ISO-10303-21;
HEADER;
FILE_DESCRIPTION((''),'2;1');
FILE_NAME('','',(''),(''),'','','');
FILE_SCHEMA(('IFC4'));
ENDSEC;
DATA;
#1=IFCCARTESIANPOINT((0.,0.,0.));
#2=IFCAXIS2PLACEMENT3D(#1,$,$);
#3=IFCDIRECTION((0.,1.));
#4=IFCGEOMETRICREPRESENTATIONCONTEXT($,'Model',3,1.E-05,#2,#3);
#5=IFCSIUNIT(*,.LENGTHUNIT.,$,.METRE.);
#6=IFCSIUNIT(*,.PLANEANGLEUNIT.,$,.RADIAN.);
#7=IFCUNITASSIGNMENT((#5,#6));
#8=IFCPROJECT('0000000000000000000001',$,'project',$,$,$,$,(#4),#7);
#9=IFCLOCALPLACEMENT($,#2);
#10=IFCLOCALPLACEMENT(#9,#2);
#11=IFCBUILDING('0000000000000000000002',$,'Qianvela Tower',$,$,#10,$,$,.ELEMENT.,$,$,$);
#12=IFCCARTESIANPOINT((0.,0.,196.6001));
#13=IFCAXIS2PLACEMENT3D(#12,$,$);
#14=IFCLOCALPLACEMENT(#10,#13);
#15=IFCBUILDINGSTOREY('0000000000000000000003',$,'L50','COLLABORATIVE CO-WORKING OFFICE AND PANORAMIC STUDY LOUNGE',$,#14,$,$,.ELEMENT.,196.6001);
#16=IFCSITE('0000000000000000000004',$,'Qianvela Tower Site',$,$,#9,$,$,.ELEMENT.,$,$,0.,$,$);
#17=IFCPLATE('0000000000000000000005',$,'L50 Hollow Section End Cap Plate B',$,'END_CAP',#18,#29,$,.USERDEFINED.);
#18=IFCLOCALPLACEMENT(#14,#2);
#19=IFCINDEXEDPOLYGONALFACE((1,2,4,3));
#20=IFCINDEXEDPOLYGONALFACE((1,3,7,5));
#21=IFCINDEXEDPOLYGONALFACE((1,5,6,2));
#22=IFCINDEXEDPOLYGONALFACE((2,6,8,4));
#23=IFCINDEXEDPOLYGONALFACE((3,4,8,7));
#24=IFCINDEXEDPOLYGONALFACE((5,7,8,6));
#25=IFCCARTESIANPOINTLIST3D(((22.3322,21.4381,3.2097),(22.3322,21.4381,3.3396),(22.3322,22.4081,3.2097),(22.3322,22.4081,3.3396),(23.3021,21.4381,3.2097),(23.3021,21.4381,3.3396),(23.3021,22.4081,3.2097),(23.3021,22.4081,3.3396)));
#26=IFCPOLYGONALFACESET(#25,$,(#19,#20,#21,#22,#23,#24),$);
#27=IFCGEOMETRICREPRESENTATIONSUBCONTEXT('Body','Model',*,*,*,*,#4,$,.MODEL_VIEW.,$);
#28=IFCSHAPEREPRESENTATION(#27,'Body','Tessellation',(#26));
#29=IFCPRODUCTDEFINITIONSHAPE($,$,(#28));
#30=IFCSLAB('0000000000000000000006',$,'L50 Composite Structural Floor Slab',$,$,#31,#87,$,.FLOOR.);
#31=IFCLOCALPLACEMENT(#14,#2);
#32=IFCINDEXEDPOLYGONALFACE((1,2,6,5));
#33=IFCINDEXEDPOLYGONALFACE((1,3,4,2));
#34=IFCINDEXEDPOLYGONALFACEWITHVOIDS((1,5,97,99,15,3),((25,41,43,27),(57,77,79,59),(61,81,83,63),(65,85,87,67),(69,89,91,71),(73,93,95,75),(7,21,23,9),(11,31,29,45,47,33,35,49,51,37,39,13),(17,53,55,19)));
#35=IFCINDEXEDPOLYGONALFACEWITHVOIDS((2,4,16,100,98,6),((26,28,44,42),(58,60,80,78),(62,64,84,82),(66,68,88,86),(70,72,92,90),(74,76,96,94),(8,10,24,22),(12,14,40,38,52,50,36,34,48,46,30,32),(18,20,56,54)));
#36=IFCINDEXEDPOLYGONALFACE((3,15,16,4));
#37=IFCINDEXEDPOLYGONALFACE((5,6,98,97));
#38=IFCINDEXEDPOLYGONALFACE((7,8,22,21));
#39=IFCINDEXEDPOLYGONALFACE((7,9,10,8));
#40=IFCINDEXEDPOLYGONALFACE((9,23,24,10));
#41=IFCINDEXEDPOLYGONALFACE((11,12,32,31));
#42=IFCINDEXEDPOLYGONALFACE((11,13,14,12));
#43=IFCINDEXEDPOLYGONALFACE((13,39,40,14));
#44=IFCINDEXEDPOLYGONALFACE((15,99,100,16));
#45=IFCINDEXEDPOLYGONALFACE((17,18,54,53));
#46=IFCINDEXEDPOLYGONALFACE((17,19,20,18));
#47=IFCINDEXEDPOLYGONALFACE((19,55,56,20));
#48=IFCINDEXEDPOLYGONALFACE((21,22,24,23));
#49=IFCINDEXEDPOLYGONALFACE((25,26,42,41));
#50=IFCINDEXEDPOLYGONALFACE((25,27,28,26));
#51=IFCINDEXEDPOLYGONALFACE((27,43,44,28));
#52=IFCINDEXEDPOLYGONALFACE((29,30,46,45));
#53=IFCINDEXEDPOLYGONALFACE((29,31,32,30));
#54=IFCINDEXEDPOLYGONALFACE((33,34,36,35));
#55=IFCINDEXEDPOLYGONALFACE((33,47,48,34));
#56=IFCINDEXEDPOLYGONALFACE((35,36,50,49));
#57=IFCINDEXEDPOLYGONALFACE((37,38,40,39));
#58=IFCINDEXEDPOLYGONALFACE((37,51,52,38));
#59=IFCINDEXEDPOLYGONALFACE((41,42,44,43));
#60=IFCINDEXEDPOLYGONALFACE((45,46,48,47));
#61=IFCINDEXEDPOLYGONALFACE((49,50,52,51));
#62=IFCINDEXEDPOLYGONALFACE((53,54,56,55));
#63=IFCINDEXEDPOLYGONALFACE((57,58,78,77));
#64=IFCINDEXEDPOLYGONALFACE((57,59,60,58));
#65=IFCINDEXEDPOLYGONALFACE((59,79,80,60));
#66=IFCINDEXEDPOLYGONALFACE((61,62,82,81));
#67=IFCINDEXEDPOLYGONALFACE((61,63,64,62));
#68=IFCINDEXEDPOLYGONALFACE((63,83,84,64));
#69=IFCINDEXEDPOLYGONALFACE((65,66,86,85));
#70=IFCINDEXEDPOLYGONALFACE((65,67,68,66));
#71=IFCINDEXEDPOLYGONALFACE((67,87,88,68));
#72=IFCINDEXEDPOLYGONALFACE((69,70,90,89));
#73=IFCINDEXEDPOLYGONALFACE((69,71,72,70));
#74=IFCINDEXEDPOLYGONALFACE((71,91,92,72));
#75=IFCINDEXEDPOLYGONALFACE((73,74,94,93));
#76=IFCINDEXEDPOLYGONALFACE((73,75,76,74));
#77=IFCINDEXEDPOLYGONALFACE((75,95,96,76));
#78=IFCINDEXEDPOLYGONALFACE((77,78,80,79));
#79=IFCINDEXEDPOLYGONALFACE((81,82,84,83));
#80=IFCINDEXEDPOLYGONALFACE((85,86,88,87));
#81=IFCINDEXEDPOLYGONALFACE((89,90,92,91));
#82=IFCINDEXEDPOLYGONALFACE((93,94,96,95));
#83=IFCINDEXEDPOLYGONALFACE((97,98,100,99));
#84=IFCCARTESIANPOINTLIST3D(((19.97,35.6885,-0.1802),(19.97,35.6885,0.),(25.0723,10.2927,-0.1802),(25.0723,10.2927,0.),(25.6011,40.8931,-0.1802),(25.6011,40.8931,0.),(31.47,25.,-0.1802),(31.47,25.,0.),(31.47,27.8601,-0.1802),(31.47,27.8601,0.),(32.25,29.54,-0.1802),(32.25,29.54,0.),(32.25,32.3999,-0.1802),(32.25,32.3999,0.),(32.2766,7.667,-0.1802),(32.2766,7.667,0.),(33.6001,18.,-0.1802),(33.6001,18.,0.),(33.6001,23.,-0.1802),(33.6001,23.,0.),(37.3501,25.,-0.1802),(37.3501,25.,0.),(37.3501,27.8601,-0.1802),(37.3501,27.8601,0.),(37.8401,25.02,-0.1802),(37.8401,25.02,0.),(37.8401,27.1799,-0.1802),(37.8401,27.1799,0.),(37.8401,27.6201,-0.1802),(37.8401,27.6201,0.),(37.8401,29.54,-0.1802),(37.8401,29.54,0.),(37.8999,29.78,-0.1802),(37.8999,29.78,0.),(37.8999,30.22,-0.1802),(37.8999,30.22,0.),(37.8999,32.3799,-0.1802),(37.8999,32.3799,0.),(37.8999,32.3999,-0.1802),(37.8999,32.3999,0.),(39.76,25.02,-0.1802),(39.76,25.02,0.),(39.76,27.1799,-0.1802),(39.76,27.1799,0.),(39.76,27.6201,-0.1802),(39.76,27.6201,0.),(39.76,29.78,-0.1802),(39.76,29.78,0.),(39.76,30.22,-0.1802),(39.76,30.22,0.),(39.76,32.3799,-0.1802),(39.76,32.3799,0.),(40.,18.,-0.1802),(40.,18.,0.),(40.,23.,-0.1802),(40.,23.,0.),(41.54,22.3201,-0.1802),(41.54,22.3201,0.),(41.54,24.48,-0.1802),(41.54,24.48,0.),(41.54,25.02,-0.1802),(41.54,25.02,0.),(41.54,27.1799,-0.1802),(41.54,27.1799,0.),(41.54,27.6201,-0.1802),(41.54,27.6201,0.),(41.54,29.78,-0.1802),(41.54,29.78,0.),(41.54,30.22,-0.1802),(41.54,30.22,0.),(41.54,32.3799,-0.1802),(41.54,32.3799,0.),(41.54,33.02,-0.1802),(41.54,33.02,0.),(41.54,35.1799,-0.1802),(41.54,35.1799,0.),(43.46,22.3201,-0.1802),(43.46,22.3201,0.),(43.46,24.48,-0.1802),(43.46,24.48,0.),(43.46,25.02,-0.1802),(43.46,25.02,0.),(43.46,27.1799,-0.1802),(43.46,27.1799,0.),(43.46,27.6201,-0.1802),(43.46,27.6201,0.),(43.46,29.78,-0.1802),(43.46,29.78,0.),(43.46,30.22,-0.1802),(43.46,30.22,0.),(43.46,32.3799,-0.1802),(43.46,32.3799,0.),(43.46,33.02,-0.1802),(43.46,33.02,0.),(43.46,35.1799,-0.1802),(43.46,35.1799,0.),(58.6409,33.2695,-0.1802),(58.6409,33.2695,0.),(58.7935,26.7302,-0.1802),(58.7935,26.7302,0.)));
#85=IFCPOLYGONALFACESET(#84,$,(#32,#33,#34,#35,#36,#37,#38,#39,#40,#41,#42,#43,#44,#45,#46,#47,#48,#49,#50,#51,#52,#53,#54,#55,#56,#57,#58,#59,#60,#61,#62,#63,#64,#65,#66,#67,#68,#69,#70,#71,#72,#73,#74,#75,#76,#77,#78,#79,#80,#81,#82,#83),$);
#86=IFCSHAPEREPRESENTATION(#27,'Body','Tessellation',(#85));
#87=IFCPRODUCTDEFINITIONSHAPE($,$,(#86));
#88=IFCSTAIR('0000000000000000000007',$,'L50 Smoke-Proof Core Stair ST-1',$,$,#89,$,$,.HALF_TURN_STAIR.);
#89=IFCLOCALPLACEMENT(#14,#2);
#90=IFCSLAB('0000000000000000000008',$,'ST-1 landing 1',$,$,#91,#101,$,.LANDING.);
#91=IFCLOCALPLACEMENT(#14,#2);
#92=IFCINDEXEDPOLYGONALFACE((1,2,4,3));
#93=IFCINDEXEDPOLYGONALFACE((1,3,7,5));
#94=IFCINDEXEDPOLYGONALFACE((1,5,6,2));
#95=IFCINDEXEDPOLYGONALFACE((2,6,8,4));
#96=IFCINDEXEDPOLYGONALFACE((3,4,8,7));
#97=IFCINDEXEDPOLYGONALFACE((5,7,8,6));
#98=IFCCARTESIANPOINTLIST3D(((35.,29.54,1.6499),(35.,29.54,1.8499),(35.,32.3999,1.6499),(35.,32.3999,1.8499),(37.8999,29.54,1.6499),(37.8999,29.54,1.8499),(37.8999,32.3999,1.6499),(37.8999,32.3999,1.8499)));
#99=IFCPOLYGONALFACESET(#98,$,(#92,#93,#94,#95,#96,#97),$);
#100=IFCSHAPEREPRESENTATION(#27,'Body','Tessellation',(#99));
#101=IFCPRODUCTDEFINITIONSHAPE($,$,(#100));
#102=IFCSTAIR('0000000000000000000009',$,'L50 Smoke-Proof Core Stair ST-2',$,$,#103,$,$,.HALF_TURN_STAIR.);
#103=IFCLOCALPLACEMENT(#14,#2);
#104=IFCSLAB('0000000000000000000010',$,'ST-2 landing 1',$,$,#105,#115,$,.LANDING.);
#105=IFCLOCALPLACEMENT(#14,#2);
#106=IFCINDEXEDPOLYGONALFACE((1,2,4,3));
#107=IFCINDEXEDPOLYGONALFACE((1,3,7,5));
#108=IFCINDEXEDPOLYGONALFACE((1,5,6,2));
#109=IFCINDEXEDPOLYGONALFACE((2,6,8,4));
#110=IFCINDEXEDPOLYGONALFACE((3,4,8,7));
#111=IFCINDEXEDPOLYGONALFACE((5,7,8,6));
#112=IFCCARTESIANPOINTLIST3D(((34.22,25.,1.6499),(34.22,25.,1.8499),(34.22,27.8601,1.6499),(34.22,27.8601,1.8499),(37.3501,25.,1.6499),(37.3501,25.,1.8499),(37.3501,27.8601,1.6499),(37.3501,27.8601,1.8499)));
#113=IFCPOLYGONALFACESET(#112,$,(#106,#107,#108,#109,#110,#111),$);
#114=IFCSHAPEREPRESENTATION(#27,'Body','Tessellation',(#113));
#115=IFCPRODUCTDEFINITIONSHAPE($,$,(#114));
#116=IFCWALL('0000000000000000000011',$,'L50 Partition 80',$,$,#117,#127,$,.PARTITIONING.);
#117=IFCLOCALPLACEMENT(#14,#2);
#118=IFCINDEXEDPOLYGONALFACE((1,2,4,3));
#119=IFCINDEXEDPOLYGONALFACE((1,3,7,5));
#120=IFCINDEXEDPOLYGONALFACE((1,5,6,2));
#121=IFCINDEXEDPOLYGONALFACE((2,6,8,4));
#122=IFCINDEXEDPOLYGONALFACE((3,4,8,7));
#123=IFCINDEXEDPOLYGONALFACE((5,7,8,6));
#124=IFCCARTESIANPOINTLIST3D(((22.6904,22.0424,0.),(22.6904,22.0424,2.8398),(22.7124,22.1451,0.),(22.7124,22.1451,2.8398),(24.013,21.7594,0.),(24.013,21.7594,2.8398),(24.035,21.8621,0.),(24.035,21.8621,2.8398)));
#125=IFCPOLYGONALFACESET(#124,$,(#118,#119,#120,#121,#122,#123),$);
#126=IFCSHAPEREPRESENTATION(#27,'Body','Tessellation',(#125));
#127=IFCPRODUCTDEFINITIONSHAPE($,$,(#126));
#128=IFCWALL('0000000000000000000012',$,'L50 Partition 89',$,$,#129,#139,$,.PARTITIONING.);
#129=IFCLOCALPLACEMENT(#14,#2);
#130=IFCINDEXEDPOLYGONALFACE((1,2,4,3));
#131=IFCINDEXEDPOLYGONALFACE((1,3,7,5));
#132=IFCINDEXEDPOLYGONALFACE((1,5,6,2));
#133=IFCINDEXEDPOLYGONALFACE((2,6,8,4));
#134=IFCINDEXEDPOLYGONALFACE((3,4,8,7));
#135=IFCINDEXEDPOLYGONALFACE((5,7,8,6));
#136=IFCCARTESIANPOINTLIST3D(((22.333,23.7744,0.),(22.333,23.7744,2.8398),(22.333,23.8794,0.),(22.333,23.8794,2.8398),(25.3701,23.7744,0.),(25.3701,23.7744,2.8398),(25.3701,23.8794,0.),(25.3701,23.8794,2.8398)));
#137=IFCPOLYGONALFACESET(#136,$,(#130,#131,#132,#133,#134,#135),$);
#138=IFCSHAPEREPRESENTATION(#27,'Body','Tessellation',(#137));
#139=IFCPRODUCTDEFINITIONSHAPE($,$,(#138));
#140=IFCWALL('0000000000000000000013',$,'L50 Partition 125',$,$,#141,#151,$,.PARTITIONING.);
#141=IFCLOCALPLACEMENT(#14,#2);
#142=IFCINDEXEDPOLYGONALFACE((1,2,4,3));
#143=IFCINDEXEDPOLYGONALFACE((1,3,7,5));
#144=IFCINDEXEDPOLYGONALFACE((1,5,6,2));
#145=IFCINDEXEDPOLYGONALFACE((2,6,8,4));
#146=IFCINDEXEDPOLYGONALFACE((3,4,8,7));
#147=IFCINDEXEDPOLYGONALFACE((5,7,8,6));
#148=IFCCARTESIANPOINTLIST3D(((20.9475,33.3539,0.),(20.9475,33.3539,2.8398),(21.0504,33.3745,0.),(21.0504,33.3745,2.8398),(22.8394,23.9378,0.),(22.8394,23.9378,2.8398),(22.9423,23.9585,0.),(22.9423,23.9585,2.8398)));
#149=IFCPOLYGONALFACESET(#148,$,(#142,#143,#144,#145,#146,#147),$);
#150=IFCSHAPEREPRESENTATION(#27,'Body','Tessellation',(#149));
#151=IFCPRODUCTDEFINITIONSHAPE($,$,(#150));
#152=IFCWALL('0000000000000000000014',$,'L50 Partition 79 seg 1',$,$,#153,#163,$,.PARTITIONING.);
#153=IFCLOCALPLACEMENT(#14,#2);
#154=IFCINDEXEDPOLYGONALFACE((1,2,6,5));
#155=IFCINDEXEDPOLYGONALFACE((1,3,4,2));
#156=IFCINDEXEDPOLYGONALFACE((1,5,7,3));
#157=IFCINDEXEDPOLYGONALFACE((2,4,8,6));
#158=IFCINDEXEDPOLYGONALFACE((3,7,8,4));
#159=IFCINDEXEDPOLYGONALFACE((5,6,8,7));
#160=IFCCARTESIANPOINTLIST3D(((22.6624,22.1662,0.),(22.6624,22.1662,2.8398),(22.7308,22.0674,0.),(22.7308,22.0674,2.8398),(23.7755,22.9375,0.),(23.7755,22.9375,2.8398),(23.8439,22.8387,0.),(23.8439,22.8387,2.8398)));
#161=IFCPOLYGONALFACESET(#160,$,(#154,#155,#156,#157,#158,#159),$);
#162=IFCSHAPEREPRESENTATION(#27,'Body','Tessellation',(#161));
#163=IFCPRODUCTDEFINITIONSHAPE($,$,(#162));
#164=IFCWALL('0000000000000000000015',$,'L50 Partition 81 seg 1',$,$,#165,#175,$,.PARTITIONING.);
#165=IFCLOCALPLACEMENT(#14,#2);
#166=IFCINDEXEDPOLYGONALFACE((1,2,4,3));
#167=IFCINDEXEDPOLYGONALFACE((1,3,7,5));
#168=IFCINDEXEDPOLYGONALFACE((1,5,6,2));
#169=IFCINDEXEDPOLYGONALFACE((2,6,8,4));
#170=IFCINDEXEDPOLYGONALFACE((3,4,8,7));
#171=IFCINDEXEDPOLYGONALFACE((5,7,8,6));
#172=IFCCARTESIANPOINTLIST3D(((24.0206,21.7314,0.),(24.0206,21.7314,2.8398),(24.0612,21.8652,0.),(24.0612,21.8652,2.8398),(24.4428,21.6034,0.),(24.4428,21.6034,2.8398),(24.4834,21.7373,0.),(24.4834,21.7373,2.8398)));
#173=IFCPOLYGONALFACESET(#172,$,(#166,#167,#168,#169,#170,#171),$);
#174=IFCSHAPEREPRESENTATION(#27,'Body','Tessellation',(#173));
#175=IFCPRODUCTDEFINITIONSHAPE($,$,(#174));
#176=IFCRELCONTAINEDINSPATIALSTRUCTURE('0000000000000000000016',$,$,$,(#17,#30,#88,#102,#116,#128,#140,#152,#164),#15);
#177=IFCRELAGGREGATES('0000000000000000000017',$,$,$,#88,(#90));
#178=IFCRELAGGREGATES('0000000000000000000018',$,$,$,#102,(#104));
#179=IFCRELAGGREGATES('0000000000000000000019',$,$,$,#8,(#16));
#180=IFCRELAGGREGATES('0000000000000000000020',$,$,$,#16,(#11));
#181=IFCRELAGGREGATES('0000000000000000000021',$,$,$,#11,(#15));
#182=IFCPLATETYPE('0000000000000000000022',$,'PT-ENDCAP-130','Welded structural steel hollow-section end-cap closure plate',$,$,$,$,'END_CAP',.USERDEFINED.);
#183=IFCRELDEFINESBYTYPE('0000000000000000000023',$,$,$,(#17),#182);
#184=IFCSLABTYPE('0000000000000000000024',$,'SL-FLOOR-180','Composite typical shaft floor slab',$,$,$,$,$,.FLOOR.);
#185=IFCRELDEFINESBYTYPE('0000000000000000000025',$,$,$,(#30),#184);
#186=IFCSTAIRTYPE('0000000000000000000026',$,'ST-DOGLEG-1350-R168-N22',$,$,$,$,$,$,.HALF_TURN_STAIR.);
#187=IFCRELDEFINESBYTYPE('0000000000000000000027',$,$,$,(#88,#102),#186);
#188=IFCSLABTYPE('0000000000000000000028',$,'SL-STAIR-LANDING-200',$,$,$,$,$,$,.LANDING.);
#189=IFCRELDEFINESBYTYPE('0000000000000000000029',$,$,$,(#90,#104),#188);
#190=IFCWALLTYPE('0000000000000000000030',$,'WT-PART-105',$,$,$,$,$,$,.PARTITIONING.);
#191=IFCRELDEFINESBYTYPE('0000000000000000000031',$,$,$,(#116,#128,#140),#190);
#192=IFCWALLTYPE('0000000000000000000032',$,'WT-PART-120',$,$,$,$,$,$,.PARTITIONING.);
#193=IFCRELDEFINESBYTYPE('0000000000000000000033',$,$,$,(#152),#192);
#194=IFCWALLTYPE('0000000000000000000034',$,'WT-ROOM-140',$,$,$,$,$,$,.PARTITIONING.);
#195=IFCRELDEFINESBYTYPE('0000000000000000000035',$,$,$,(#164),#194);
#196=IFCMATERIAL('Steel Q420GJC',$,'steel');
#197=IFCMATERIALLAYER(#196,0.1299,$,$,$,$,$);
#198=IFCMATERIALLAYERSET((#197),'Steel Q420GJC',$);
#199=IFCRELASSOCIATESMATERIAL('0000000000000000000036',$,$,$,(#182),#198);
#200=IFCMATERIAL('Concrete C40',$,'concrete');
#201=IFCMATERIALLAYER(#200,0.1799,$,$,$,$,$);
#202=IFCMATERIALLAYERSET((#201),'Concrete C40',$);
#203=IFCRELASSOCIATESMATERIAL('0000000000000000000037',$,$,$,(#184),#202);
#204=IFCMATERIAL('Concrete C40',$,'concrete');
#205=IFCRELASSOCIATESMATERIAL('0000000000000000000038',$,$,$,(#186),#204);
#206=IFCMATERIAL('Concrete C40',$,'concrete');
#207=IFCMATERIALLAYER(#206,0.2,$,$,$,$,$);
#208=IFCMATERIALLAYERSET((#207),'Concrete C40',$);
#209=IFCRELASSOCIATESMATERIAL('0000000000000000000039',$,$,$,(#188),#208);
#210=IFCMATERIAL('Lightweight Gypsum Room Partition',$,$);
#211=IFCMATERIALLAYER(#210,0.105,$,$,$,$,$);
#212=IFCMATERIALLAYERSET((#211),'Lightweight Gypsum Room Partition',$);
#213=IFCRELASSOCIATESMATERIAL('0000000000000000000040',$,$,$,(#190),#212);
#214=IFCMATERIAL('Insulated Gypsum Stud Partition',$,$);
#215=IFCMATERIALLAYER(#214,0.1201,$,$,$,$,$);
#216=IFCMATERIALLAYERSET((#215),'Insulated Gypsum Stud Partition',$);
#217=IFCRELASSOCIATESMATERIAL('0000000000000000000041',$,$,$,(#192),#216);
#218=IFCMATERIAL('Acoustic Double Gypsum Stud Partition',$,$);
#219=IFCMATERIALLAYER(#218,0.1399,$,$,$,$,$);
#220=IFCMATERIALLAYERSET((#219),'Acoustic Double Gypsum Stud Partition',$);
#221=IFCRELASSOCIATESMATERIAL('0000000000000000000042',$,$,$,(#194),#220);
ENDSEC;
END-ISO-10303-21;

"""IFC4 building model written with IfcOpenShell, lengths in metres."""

from ifc_helpers import new_model, si_unit, direction, frame, frame_2d, origin, origin_2d, place, context, subcontext, project, spatial, polyline, rectangle, outline, extrude, material, layer, layer_set, type_object, element, aggregate, save


model = new_model("IFC4")

# Units and contexts
model_context = context("Model", 3, precision=1e-05, world=origin(), true_north=direction((0.0, 1.0)))
body_context = subcontext(model_context, "Body", "Model", "MODEL_VIEW")
ifc_project = project(units=[si_unit("LENGTHUNIT", "METRE"), si_unit("PLANEANGLEUNIT", "RADIAN")], contexts=[model_context])

# Site, building, storey
site_placement = place(None, origin())
site = spatial("IfcSite", under=ifc_project, at=site_placement, Name="Qianvela Tower Site", CompositionType="ELEMENT", RefElevation=0.0)
building_placement = place(site_placement, origin())
building = spatial("IfcBuilding", under=site, at=building_placement, Name="Qianvela Tower", CompositionType="ELEMENT")
storey_placement = place(building_placement, frame((0.0, 0.0, 196.6001)))
storey = spatial("IfcBuildingStorey", under=building, at=storey_placement, Name="L50", Description="COLLABORATIVE CO-WORKING OFFICE AND PANORAMIC STUDY LOUNGE", CompositionType="ELEMENT", Elevation=196.6001)

# Plate
ifc_material_1 = material(Name="Steel Q420GJC", Category="steel")
ifc_layer_1 = layer(ifc_material_1, 0.1299)
ifc_layer_set_1 = layer_set([ifc_layer_1], Name="Steel Q420GJC")
plate_type_1 = type_object("IfcPlateType", Name="PT-ENDCAP-130", Description="Welded structural steel hollow-section end-cap closure plate", ElementType="END_CAP", PredefinedType="USERDEFINED", material=ifc_layer_set_1)
for number, where, z_axis, x_axis, name in (
    (1, (22.8171, 21.9231, 3.2097), (0.0, 0.0, 1.0), (1.0, 0.0, 0.0), "L50 Hollow Section End Cap Plate B"),
):
    element("IfcPlate", number, at=place(storey_placement, frame(where, z_axis=z_axis, x_axis=x_axis)), inside=storey, type_object=plate_type_1, Name=name, ObjectType="END_CAP", PredefinedType="USERDEFINED", context=body_context, shape_type="SweptSolid", body=[
        extrude(rectangle(XDim=0.97, YDim=0.97, at=origin_2d()), origin(), (0.0, 0.0, 1.0), 0.1299),
    ])

# Slab
ifc_material_2 = material(Name="Concrete C40", Category="concrete")
ifc_layer_2 = layer(ifc_material_2, 0.1799)
ifc_layer_set_2 = layer_set([ifc_layer_2], Name="Concrete C40")
slab_type_1 = type_object("IfcSlabType", Name="SL-FLOOR-180", Description="Composite typical shaft floor slab", PredefinedType="FLOOR", material=ifc_layer_set_2)
slab_1_placement = place(storey_placement, frame((0.0, 0.0, -0.1802)))
element("IfcSlab", 2, at=slab_1_placement, inside=storey, type_object=slab_type_1, Name="L50 Composite Structural Floor Slab", PredefinedType="FLOOR", context=body_context, shape_type="SweptSolid", body=[
    extrude(outline(polyline([(58.7935, 26.7302), (58.6409, 33.2695), (25.6011, 40.8931), (19.97, 35.6885), (25.0723, 10.2927), (32.2766, 7.667), (58.7935, 26.7302)]), holes=[polyline([(40.0, 23.0), (33.6001, 23.0), (33.6001, 18.0), (40.0, 18.0), (40.0, 23.0)]), polyline([(39.76, 27.1799), (37.8401, 27.1799), (37.8401, 25.02), (39.76, 25.02), (39.76, 27.1799)]), polyline([(37.3501, 27.8601), (31.47, 27.8601), (31.47, 25.0), (37.3501, 25.0), (37.3501, 27.8601)]), polyline([(37.8401, 27.6201), (39.76, 27.6201), (39.76, 29.78), (37.8999, 29.78), (37.8999, 30.22), (39.76, 30.22), (39.76, 32.3799), (37.8999, 32.3799), (37.8999, 32.3999), (32.25, 32.3999), (32.25, 29.54), (37.8401, 29.54), (37.8401, 27.6201)]), polyline([(43.46, 22.3201), (43.46, 24.48), (41.54, 24.48), (41.54, 22.3201), (43.46, 22.3201)]), polyline([(43.46, 25.02), (43.46, 27.1799), (41.54, 27.1799), (41.54, 25.02), (43.46, 25.02)]), polyline([(43.46, 29.78), (41.54, 29.78), (41.54, 27.6201), (43.46, 27.6201), (43.46, 29.78)]), polyline([(43.46, 30.22), (43.46, 32.3799), (41.54, 32.3799), (41.54, 30.22), (43.46, 30.22)]), polyline([(43.46, 33.02), (43.46, 35.1799), (41.54, 35.1799), (41.54, 33.02), (43.46, 33.02)])]), origin(), (0.0, 0.0, 1.0), 0.1802),
])

# Stairs, slabs
ifc_material_3 = material(Name="Concrete C40", Category="concrete")
stair_type = type_object("IfcStairType", Name="ST-DOGLEG-1350-R168-N22", PredefinedType="HALF_TURN_STAIR", material=ifc_material_3)
stair_1_placement = place(storey_placement, origin())
stair_1 = element("IfcStair", 3, at=stair_1_placement, inside=storey, type_object=stair_type, Name="L50 Smoke-Proof Core Stair ST-1", PredefinedType="HALF_TURN_STAIR")
ifc_material_4 = material(Name="Concrete C40", Category="concrete")
ifc_layer_3 = layer(ifc_material_4, 0.2)
ifc_layer_set_3 = layer_set([ifc_layer_3], Name="Concrete C40")
slab_type_2 = type_object("IfcSlabType", Name="SL-STAIR-LANDING-200", PredefinedType="LANDING", material=ifc_layer_set_3)
slab_2_placement = place(storey_placement, frame((0.0, 0.0, 1.6499)))
slab_2 = element("IfcSlab", 4, at=slab_2_placement, type_object=slab_type_2, Name="ST-1 landing 1", PredefinedType="LANDING", context=body_context, shape_type="SweptSolid", body=[
    extrude(outline(polyline([(35.0, 29.54), (37.8999, 29.54), (37.8999, 32.3999), (35.0, 32.3999), (35.0, 29.54)])), origin(), (0.0, 0.0, 1.0), 0.2),
])
aggregate(stair_1, [slab_2])
stair_2_placement = place(storey_placement, origin())
stair_2 = element("IfcStair", 5, at=stair_2_placement, inside=storey, type_object=stair_type, Name="L50 Smoke-Proof Core Stair ST-2", PredefinedType="HALF_TURN_STAIR")
slab_3_placement = place(storey_placement, frame((0.0, 0.0, 1.6499)))
slab_3 = element("IfcSlab", 6, at=slab_3_placement, type_object=slab_type_2, Name="ST-2 landing 1", PredefinedType="LANDING", context=body_context, shape_type="SweptSolid", body=[
    extrude(outline(polyline([(34.22, 25.0), (37.3501, 25.0), (37.3501, 27.8601), (34.22, 27.8601), (34.22, 25.0)])), origin(), (0.0, 0.0, 1.0), 0.2),
])
aggregate(stair_2, [slab_3])

# Walls
ifc_material_5 = material(Name="Lightweight Gypsum Room Partition")
ifc_layer_4 = layer(ifc_material_5, 0.105)
ifc_layer_set_4 = layer_set([ifc_layer_4], Name="Lightweight Gypsum Room Partition")
wall_type_1 = type_object("IfcWallType", Name="WT-PART-105", PredefinedType="PARTITIONING", material=ifc_layer_set_4)
wall_1_placement = place(storey_placement, frame((22.7014, 22.0938, 0.0), z_axis=(0.0, 0.0, 1.0), x_axis=(0.977868, -0.209221, 0.0)))
element("IfcWall", 7, at=wall_1_placement, inside=storey, type_object=wall_type_1, Name="L50 Partition 80", PredefinedType="PARTITIONING", context=body_context, shape_type="SweptSolid", body=[
    extrude(rectangle(XDim=1.3525, YDim=0.105, at=frame_2d((0.6763, 0.0))), origin(), (0.0, 0.0, 1.0), 2.8398),
])
wall_2_placement = place(storey_placement, frame((22.333, 23.8269, 0.0), z_axis=(0.0, 0.0, 1.0), x_axis=(1.0, 0.0, 0.0)))
element("IfcWall", 8, at=wall_2_placement, inside=storey, type_object=wall_type_1, Name="L50 Partition 89", PredefinedType="PARTITIONING", context=body_context, shape_type="SweptSolid", body=[
    extrude(rectangle(XDim=3.0371, YDim=0.105, at=frame_2d((1.5186, 0.0))), origin(), (0.0, 0.0, 1.0), 2.8398),
])
wall_3_placement = place(storey_placement, frame((22.8909, 23.948, 0.0), z_axis=(0.0, 0.0, 1.0), x_axis=(-0.196981, 0.980407, 0.0)))
element("IfcWall", 9, at=wall_3_placement, inside=storey, type_object=wall_type_1, Name="L50 Partition 125", PredefinedType="PARTITIONING", context=body_context, shape_type="SweptSolid", body=[
    extrude(rectangle(XDim=9.6042, YDim=0.105, at=frame_2d((4.8022, 0.0))), origin(), (0.0, 0.0, 1.0), 2.8398),
])
ifc_material_6 = material(Name="Insulated Gypsum Stud Partition")
ifc_layer_5 = layer(ifc_material_6, 0.1201)
ifc_layer_set_5 = layer_set([ifc_layer_5], Name="Insulated Gypsum Stud Partition")
wall_type_2 = type_object("IfcWallType", Name="WT-PART-120", PredefinedType="PARTITIONING", material=ifc_layer_set_5)
wall_4_placement = place(storey_placement, frame((23.8098, 22.8882, 0.0), z_axis=(0.0, 0.0, 1.0), x_axis=(-0.821958, -0.569547, 0.0)))
element("IfcWall", 10, at=wall_4_placement, inside=storey, type_object=wall_type_2, Name="L50 Partition 79 seg 1", PredefinedType="PARTITIONING", context=body_context, shape_type="SweptSolid", body=[
    extrude(rectangle(XDim=1.3542, YDim=0.1201, at=frame_2d((0.6772, 0.0))), origin(), (0.0, 0.0, 1.0), 2.8398),
])
ifc_material_7 = material(Name="Acoustic Double Gypsum Stud Partition")
ifc_layer_6 = layer(ifc_material_7, 0.1399)
ifc_layer_set_6 = layer_set([ifc_layer_6], Name="Acoustic Double Gypsum Stud Partition")
wall_type_3 = type_object("IfcWallType", Name="WT-ROOM-140", PredefinedType="PARTITIONING", material=ifc_layer_set_6)
wall_5_placement = place(storey_placement, frame((24.0408, 21.7983, 0.0), z_axis=(0.0, 0.0, 1.0), x_axis=(0.957015, -0.290038, 0.0)))
element("IfcWall", 11, at=wall_5_placement, inside=storey, type_object=wall_type_3, Name="L50 Partition 81 seg 1", PredefinedType="PARTITIONING", context=body_context, shape_type="SweptSolid", body=[
    extrude(rectangle(XDim=0.4412, YDim=0.1399, at=frame_2d((0.2207, 0.0))), origin(), (0.0, 0.0, 1.0), 2.8398),
])

save(model, "model.ifc")
